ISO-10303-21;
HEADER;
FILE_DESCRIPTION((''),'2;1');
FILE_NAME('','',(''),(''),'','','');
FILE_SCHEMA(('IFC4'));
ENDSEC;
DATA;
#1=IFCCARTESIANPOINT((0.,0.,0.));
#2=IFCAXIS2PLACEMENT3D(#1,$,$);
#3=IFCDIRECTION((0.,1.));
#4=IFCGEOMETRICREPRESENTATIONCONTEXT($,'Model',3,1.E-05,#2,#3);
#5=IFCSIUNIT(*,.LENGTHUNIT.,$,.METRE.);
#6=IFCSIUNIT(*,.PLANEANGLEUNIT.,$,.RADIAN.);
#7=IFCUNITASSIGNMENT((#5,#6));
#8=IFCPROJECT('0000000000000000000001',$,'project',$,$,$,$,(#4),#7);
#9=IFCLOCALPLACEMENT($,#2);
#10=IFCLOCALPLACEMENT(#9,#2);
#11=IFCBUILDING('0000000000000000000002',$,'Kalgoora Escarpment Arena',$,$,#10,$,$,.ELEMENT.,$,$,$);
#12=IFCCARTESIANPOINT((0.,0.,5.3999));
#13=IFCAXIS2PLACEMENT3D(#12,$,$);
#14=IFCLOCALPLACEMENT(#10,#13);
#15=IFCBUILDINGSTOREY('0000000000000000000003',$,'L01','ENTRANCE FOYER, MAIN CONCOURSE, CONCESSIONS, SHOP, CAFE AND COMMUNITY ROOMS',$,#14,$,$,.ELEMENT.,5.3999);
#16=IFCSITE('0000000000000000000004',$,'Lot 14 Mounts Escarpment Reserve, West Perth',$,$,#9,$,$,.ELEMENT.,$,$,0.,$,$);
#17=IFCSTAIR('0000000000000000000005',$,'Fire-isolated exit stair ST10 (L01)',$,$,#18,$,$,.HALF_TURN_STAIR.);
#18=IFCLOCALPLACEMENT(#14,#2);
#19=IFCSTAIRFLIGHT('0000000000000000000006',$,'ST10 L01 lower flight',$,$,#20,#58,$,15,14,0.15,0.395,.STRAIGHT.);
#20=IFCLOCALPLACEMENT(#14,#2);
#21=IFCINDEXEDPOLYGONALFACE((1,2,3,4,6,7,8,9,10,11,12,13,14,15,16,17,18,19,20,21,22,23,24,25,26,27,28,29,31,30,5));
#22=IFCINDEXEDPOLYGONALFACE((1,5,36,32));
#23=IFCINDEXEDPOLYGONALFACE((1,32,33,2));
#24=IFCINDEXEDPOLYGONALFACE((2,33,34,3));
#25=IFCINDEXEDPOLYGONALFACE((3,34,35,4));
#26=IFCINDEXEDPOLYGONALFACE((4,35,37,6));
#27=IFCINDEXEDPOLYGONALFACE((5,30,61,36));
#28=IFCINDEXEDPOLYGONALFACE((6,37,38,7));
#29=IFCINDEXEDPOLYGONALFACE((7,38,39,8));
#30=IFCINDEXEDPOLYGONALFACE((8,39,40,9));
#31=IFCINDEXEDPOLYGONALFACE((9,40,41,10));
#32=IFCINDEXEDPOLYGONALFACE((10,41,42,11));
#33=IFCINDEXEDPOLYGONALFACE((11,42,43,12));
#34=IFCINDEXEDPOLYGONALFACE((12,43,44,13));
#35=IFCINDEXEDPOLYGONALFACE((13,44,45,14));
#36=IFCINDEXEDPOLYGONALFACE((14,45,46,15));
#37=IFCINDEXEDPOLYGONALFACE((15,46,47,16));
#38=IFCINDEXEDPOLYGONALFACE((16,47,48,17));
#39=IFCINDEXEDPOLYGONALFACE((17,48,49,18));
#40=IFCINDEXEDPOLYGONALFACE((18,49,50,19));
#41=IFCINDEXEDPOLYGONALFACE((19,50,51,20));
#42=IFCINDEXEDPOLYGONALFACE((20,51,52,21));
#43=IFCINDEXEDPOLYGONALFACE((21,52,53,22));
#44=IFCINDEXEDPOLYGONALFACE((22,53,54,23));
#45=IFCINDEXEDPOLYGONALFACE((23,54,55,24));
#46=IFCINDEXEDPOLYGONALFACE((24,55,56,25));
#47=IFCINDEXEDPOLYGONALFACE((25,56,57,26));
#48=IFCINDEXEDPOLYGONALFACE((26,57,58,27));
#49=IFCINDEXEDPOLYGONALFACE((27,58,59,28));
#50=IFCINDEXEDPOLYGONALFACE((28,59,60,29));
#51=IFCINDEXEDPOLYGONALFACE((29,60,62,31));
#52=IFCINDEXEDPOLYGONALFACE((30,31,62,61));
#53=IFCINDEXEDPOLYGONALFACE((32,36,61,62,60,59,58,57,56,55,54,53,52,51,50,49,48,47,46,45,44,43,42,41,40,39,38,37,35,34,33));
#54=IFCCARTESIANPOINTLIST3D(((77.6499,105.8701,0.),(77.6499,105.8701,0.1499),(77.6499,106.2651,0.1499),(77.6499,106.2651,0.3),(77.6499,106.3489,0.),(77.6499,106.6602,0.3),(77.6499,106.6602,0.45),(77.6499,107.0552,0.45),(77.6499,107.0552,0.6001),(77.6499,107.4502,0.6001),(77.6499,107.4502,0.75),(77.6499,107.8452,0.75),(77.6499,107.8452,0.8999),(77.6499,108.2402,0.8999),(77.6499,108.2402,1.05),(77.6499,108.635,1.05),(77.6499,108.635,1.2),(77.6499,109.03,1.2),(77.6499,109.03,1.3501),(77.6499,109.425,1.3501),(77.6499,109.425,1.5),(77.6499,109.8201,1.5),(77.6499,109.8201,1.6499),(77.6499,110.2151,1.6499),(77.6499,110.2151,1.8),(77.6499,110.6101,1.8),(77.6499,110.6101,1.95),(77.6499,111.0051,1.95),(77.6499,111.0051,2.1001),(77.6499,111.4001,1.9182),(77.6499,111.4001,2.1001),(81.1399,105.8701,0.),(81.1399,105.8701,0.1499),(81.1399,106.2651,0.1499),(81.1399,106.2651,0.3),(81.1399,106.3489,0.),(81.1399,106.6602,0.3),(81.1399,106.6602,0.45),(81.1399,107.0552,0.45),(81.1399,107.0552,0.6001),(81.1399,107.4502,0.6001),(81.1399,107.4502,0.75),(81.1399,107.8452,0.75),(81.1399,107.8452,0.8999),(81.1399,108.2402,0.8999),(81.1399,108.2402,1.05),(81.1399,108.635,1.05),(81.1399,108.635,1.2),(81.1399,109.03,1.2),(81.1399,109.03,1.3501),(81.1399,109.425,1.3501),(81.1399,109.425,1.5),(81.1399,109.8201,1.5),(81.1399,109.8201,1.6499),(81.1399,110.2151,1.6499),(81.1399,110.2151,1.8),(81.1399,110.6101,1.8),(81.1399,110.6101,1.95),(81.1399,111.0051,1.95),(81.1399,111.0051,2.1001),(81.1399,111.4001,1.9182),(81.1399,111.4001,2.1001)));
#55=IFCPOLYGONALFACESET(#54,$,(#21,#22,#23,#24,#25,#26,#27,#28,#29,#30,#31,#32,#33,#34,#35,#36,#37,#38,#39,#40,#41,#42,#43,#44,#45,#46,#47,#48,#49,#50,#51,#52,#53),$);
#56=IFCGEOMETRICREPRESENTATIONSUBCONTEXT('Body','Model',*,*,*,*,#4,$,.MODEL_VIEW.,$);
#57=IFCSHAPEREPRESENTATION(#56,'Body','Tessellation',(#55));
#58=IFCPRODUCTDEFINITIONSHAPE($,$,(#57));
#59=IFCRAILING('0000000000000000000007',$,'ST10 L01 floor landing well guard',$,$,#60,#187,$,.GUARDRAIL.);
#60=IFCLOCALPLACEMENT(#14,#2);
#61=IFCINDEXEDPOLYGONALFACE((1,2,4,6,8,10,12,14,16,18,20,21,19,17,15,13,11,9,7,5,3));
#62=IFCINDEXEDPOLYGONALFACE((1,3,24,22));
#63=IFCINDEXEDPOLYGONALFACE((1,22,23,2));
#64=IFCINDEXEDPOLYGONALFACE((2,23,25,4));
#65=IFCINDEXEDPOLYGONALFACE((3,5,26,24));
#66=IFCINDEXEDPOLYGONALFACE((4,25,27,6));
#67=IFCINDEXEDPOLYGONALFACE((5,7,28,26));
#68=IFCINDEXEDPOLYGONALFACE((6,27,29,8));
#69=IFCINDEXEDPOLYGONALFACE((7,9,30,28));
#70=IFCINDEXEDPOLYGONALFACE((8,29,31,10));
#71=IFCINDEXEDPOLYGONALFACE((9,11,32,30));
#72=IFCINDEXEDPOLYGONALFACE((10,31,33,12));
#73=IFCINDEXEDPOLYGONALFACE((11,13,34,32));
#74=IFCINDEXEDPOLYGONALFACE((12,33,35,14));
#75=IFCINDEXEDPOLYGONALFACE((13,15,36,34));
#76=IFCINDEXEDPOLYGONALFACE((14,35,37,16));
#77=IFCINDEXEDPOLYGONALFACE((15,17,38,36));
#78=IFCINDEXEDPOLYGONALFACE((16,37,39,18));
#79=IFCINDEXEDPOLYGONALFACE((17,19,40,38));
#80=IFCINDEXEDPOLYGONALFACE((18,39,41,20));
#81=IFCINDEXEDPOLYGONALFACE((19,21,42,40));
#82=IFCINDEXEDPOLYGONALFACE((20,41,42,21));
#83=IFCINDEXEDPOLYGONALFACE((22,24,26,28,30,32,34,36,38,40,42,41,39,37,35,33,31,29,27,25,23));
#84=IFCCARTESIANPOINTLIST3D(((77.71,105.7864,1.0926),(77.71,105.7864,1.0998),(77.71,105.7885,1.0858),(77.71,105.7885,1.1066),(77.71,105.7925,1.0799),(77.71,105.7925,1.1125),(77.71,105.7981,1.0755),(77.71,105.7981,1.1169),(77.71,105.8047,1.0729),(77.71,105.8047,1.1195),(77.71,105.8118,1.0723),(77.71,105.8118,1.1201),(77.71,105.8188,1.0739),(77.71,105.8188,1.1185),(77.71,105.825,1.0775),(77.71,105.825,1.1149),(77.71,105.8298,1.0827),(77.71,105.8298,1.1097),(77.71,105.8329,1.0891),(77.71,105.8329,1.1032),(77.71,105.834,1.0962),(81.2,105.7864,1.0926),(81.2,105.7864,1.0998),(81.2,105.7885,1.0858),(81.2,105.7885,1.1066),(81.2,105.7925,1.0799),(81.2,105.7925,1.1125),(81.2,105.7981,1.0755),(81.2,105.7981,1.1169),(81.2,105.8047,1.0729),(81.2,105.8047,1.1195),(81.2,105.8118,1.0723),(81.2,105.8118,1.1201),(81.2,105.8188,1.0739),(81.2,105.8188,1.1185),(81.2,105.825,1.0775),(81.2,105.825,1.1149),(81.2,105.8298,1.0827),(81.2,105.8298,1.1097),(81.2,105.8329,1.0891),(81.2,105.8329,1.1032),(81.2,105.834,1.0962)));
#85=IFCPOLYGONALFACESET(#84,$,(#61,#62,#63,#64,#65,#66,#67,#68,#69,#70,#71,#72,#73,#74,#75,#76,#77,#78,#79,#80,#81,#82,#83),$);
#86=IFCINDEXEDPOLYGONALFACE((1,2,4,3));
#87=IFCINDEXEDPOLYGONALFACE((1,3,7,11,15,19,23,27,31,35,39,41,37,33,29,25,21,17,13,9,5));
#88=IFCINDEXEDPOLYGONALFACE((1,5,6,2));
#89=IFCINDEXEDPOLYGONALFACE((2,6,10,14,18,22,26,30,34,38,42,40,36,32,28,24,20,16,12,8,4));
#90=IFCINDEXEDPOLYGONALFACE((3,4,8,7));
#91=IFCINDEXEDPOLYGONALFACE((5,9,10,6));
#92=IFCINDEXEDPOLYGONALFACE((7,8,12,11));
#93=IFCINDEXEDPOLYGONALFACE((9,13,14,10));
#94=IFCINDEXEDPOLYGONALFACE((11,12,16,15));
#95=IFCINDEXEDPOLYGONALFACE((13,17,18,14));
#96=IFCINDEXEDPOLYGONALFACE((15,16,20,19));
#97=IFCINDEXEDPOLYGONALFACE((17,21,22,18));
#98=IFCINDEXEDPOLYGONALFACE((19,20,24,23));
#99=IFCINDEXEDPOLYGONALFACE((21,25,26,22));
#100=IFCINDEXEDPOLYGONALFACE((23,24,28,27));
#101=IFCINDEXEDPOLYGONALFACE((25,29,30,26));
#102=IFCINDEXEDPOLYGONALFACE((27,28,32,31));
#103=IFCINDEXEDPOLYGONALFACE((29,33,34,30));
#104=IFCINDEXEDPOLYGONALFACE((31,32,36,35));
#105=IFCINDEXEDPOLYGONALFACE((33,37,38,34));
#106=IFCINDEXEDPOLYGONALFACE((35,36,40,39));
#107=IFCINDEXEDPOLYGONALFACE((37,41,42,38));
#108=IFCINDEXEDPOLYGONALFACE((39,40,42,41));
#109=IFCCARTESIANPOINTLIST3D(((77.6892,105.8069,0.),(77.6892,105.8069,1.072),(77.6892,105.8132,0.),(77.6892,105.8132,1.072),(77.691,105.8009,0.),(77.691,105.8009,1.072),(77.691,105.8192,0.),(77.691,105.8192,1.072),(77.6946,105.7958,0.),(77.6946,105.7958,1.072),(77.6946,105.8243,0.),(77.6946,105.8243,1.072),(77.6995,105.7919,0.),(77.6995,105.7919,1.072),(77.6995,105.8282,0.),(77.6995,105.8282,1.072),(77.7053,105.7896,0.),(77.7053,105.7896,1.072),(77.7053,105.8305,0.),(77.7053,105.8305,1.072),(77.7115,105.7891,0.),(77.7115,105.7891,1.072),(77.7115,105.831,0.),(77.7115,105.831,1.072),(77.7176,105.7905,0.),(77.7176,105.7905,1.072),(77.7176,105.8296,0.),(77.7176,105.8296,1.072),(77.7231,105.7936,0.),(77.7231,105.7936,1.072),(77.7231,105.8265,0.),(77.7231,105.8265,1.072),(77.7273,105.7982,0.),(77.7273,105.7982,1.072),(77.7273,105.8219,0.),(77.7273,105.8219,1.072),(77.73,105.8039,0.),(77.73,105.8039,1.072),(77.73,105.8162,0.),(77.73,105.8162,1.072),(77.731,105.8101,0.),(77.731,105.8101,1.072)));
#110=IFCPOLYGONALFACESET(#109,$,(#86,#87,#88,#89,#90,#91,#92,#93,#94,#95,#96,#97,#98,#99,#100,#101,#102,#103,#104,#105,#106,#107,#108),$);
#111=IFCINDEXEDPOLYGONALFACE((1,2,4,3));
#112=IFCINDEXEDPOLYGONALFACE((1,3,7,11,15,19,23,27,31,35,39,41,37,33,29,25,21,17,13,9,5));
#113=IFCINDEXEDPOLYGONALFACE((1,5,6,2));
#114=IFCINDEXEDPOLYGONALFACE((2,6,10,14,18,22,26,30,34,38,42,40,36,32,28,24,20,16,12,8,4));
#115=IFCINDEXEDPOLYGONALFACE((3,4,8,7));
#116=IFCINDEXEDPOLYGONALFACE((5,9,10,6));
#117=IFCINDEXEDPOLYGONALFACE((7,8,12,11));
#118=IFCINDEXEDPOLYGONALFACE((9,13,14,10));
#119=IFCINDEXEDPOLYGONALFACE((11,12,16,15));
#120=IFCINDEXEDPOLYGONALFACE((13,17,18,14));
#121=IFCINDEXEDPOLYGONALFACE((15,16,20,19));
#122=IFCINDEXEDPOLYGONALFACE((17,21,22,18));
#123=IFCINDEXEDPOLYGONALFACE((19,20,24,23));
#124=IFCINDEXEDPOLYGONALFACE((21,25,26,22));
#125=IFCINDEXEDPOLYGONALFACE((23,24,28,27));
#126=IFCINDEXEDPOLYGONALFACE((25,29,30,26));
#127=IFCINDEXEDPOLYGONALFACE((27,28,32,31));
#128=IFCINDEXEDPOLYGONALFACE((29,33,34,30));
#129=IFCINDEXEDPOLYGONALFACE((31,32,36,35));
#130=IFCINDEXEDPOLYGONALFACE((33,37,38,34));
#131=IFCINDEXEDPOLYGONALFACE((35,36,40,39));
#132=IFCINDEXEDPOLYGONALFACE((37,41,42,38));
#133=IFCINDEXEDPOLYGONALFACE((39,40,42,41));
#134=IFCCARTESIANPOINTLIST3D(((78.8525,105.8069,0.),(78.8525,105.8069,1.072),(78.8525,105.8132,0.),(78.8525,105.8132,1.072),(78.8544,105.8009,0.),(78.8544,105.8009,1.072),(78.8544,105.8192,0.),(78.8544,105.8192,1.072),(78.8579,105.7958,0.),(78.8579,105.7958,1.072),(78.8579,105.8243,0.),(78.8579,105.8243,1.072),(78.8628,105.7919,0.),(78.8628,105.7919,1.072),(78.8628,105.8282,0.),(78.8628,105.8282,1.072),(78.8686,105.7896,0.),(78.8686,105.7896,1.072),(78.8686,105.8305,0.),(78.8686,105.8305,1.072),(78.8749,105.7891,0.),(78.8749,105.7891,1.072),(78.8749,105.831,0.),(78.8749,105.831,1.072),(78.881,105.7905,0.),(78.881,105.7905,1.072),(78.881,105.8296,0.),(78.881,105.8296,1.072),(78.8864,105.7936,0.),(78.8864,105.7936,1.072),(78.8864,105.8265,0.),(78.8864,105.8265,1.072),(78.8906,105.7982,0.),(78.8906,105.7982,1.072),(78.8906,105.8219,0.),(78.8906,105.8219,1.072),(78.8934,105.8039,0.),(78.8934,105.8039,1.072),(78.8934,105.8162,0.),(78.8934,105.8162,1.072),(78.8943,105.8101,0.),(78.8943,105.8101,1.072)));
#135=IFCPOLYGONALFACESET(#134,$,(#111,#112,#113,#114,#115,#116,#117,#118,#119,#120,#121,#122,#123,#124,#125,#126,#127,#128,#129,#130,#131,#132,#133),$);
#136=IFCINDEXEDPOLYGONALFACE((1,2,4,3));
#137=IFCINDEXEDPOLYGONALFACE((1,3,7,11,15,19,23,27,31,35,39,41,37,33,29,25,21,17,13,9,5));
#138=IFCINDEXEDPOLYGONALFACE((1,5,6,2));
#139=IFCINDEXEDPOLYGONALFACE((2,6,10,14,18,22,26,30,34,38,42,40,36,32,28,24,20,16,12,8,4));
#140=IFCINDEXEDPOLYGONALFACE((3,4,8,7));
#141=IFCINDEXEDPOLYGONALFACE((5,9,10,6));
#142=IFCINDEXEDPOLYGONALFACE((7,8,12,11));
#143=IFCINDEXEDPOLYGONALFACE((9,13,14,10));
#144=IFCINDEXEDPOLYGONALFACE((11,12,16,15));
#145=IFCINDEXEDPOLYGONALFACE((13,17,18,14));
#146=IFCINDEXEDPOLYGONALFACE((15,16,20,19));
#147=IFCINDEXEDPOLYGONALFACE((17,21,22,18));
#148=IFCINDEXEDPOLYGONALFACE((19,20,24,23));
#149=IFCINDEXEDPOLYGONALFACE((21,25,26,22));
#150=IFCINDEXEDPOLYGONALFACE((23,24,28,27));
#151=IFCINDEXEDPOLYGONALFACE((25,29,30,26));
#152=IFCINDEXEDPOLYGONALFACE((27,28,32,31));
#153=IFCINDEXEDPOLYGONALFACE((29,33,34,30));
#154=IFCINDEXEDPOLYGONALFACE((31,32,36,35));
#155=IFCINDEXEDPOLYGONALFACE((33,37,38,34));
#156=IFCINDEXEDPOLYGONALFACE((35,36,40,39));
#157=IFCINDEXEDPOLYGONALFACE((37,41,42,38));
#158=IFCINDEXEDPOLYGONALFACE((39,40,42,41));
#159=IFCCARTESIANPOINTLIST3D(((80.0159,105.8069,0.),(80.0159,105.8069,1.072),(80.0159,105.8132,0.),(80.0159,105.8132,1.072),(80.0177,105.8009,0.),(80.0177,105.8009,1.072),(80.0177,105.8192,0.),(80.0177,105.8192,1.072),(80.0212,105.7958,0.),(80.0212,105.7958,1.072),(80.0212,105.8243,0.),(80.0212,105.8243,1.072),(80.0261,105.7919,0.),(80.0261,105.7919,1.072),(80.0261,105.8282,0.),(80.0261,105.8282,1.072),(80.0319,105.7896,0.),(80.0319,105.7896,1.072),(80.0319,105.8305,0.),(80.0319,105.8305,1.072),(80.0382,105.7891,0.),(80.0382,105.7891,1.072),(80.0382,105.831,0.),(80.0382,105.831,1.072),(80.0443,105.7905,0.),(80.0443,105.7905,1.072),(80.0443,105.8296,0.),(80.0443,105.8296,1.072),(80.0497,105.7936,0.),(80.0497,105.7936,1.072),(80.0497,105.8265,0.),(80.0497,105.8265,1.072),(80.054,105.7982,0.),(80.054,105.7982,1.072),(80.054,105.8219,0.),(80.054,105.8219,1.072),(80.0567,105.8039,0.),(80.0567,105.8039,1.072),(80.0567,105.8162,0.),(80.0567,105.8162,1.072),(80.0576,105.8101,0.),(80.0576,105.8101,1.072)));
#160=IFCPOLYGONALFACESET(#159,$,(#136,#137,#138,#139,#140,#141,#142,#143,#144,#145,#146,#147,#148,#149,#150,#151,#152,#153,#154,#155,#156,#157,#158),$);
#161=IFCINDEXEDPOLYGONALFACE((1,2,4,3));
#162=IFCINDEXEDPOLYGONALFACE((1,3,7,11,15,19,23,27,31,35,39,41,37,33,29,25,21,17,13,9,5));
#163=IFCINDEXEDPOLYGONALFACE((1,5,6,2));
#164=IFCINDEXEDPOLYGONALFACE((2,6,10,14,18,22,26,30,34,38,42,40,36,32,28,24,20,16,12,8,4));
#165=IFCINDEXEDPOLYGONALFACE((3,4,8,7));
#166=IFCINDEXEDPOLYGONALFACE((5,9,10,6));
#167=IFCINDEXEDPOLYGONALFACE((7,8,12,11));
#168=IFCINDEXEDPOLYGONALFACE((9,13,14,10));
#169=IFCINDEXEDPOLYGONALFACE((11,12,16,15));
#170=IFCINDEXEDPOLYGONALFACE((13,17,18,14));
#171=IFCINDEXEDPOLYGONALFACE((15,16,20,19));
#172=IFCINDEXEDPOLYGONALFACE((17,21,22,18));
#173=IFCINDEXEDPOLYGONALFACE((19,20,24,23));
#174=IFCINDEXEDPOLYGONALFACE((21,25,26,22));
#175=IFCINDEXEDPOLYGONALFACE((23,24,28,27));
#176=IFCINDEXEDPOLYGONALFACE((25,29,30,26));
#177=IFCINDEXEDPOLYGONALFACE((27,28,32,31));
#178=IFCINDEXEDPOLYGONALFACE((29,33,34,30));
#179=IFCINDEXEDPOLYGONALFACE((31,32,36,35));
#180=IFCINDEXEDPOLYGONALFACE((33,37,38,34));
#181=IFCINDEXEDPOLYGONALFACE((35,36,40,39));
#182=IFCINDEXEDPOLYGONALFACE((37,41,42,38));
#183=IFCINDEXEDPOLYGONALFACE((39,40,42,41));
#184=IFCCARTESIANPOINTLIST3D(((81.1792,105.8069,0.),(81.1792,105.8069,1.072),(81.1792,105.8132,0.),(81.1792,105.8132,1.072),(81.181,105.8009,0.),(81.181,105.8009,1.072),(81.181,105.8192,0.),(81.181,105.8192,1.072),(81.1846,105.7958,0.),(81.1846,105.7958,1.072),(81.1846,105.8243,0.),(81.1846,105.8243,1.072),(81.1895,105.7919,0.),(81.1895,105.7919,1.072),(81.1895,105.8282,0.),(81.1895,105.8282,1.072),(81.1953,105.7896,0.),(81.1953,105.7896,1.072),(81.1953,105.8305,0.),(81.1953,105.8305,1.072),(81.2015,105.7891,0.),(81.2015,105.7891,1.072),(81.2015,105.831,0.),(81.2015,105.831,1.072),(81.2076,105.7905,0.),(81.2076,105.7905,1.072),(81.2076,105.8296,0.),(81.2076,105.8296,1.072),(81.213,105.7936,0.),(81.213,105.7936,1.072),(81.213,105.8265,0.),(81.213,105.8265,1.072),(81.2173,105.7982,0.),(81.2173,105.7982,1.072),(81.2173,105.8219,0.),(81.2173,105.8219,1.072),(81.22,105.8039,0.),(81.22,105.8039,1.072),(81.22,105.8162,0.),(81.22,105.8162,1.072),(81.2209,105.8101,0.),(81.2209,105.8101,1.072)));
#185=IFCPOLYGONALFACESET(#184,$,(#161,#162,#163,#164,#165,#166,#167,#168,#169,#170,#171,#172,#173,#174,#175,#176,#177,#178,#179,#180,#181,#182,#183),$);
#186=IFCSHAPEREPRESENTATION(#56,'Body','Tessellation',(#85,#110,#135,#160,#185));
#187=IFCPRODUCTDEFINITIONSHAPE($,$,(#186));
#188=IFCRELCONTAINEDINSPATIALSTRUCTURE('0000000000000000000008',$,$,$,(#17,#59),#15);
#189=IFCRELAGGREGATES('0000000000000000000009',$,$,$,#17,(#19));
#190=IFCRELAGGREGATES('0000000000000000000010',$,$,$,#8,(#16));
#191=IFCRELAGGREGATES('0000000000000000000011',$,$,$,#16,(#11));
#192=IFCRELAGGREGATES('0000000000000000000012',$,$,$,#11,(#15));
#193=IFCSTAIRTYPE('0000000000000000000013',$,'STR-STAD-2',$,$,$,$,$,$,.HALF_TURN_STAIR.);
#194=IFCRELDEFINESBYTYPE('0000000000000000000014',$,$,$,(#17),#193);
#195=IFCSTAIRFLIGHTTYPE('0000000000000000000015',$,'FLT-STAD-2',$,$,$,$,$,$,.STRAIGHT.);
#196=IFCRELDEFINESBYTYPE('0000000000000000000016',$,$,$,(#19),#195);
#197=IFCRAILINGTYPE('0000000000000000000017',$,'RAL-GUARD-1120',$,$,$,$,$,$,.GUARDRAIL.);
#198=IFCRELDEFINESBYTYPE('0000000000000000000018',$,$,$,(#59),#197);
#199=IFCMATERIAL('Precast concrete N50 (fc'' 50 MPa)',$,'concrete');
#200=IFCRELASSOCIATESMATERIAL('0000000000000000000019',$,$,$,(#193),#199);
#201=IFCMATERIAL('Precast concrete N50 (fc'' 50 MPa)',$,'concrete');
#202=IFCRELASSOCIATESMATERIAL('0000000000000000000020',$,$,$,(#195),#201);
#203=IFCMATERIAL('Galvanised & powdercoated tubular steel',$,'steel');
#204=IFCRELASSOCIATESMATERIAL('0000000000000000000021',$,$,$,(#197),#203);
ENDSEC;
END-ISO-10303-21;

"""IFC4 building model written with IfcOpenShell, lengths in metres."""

from ifc_helpers import new_model, si_unit, direction, frame, origin, origin_2d, place, context, subcontext, project, spatial, polyline, circle, outline, extrude, material, type_object, element, aggregate, save


model = new_model("IFC4")

# Units and contexts
model_context = context("Model", 3, precision=1e-05, world=origin(), true_north=direction((0.0, 1.0)))
body_context = subcontext(model_context, "Body", "Model", "MODEL_VIEW")
ifc_project = project(units=[si_unit("LENGTHUNIT", "METRE"), si_unit("PLANEANGLEUNIT", "RADIAN")], contexts=[model_context])

# Site, building, storey
site_placement = place(None, origin())
site = spatial("IfcSite", under=ifc_project, at=site_placement, Name="Lot 14 Mounts Escarpment Reserve, West Perth", CompositionType="ELEMENT", RefElevation=0.0)
building_placement = place(site_placement, origin())
building = spatial("IfcBuilding", under=site, at=building_placement, Name="Kalgoora Escarpment Arena", CompositionType="ELEMENT")
storey_placement = place(building_placement, frame((0.0, 0.0, 5.3999)))
storey = spatial("IfcBuildingStorey", under=building, at=storey_placement, Name="L01", Description="ENTRANCE FOYER, MAIN CONCOURSE, CONCESSIONS, SHOP, CAFE AND COMMUNITY ROOMS", CompositionType="ELEMENT", Elevation=5.3999)

# Stair, stair flight
ifc_material_1 = material(Name="Precast concrete N50 (fc' 50 MPa)", Category="concrete")
stair_type_1 = type_object("IfcStairType", Name="STR-STAD-2", PredefinedType="HALF_TURN_STAIR", material=ifc_material_1)
stair_1_placement = place(storey_placement, origin())
stair_1 = element("IfcStair", 1, at=stair_1_placement, inside=storey, type_object=stair_type_1, Name="Fire-isolated exit stair ST10 (L01)", PredefinedType="HALF_TURN_STAIR")
ifc_material_2 = material(Name="Precast concrete N50 (fc' 50 MPa)", Category="concrete")
stair_flight_type_1 = type_object("IfcStairFlightType", Name="FLT-STAD-2", PredefinedType="STRAIGHT", material=ifc_material_2)
stair_flight_1_placement = place(storey_placement, frame((79.395, 105.8701, 0.0), z_axis=(0.0, 0.0, 1.0), x_axis=(0.0, 1.0, 0.0)))
stair_flight_1 = element("IfcStairFlight", 2, at=stair_flight_1_placement, type_object=stair_flight_type_1, Name="ST10 L01 lower flight", NumberOfRisers=15, NumberOfTreads=14, PredefinedType="STRAIGHT", RiserHeight=0.15, TreadLength=0.395, context=body_context, shape_type="SweptSolid", body=[
    extrude(outline(polyline([(0.0, 0.0), (0.0, 0.1499), (0.395, 0.1499), (0.395, 0.3), (0.79, 0.3), (0.79, 0.45), (1.1851, 0.45), (1.1851, 0.6001), (1.5801, 0.6001), (1.5801, 0.75), (1.9751, 0.75), (1.9751, 0.8999), (2.3701, 0.8999), (2.3701, 1.05), (2.7649, 1.05), (2.7649, 1.2), (3.1599, 1.2), (3.1599, 1.3501), (3.5549, 1.3501), (3.5549, 1.5), (3.95, 1.5), (3.95, 1.6499), (4.345, 1.6499), (4.345, 1.8), (4.74, 1.8), (4.74, 1.95), (5.135, 1.95), (5.135, 2.1001), (5.53, 2.1001), (5.53, 2.25), (5.53, 1.9182), (0.4788, 0.0), (0.0, 0.0)])), frame((0.0, 1.7451, 0.0), z_axis=(0.0, -1.0, 0.0), x_axis=(1.0, 0.0, 0.0)), (0.0, 0.0, 1.0), 3.49),
])
aggregate(stair_1, [stair_flight_1])

# Railing
ifc_material_3 = material(Name="Galvanised & powdercoated tubular steel", Category="steel")
railing_type_1 = type_object("IfcRailingType", Name="RAL-GUARD-1120", PredefinedType="GUARDRAIL", material=ifc_material_3)
railing_1_placement = place(storey_placement, frame((77.71, 105.8101, 0.0)))
element("IfcRailing", 3, at=railing_1_placement, inside=storey, type_object=railing_type_1, Name="ST10 L01 floor landing well guard", PredefinedType="GUARDRAIL", context=body_context, shape_type="SweptSolid", body=[
    extrude(circle(Radius=0.0239, at=origin_2d()), frame((0.0, 0.0, 1.0962), z_axis=(1.0, 0.0, 0.0), x_axis=(0.0, 1.0, 0.0)), (0.0, 0.0, 1.0), 3.49),
    extrude(circle(Radius=0.021, at=origin_2d()), origin(), (0.0, 0.0, 1.0), 1.072),
    extrude(circle(Radius=0.021, at=origin_2d()), frame((1.1633, 0.0, 0.0)), (0.0, 0.0, 1.0), 1.072),
    extrude(circle(Radius=0.021, at=origin_2d()), frame((2.3267, 0.0, 0.0)), (0.0, 0.0, 1.0), 1.072),
    extrude(circle(Radius=0.021, at=origin_2d()), frame((3.49, 0.0, 0.0)), (0.0, 0.0, 1.0), 1.072),
])

save(model, "model.ifc")
